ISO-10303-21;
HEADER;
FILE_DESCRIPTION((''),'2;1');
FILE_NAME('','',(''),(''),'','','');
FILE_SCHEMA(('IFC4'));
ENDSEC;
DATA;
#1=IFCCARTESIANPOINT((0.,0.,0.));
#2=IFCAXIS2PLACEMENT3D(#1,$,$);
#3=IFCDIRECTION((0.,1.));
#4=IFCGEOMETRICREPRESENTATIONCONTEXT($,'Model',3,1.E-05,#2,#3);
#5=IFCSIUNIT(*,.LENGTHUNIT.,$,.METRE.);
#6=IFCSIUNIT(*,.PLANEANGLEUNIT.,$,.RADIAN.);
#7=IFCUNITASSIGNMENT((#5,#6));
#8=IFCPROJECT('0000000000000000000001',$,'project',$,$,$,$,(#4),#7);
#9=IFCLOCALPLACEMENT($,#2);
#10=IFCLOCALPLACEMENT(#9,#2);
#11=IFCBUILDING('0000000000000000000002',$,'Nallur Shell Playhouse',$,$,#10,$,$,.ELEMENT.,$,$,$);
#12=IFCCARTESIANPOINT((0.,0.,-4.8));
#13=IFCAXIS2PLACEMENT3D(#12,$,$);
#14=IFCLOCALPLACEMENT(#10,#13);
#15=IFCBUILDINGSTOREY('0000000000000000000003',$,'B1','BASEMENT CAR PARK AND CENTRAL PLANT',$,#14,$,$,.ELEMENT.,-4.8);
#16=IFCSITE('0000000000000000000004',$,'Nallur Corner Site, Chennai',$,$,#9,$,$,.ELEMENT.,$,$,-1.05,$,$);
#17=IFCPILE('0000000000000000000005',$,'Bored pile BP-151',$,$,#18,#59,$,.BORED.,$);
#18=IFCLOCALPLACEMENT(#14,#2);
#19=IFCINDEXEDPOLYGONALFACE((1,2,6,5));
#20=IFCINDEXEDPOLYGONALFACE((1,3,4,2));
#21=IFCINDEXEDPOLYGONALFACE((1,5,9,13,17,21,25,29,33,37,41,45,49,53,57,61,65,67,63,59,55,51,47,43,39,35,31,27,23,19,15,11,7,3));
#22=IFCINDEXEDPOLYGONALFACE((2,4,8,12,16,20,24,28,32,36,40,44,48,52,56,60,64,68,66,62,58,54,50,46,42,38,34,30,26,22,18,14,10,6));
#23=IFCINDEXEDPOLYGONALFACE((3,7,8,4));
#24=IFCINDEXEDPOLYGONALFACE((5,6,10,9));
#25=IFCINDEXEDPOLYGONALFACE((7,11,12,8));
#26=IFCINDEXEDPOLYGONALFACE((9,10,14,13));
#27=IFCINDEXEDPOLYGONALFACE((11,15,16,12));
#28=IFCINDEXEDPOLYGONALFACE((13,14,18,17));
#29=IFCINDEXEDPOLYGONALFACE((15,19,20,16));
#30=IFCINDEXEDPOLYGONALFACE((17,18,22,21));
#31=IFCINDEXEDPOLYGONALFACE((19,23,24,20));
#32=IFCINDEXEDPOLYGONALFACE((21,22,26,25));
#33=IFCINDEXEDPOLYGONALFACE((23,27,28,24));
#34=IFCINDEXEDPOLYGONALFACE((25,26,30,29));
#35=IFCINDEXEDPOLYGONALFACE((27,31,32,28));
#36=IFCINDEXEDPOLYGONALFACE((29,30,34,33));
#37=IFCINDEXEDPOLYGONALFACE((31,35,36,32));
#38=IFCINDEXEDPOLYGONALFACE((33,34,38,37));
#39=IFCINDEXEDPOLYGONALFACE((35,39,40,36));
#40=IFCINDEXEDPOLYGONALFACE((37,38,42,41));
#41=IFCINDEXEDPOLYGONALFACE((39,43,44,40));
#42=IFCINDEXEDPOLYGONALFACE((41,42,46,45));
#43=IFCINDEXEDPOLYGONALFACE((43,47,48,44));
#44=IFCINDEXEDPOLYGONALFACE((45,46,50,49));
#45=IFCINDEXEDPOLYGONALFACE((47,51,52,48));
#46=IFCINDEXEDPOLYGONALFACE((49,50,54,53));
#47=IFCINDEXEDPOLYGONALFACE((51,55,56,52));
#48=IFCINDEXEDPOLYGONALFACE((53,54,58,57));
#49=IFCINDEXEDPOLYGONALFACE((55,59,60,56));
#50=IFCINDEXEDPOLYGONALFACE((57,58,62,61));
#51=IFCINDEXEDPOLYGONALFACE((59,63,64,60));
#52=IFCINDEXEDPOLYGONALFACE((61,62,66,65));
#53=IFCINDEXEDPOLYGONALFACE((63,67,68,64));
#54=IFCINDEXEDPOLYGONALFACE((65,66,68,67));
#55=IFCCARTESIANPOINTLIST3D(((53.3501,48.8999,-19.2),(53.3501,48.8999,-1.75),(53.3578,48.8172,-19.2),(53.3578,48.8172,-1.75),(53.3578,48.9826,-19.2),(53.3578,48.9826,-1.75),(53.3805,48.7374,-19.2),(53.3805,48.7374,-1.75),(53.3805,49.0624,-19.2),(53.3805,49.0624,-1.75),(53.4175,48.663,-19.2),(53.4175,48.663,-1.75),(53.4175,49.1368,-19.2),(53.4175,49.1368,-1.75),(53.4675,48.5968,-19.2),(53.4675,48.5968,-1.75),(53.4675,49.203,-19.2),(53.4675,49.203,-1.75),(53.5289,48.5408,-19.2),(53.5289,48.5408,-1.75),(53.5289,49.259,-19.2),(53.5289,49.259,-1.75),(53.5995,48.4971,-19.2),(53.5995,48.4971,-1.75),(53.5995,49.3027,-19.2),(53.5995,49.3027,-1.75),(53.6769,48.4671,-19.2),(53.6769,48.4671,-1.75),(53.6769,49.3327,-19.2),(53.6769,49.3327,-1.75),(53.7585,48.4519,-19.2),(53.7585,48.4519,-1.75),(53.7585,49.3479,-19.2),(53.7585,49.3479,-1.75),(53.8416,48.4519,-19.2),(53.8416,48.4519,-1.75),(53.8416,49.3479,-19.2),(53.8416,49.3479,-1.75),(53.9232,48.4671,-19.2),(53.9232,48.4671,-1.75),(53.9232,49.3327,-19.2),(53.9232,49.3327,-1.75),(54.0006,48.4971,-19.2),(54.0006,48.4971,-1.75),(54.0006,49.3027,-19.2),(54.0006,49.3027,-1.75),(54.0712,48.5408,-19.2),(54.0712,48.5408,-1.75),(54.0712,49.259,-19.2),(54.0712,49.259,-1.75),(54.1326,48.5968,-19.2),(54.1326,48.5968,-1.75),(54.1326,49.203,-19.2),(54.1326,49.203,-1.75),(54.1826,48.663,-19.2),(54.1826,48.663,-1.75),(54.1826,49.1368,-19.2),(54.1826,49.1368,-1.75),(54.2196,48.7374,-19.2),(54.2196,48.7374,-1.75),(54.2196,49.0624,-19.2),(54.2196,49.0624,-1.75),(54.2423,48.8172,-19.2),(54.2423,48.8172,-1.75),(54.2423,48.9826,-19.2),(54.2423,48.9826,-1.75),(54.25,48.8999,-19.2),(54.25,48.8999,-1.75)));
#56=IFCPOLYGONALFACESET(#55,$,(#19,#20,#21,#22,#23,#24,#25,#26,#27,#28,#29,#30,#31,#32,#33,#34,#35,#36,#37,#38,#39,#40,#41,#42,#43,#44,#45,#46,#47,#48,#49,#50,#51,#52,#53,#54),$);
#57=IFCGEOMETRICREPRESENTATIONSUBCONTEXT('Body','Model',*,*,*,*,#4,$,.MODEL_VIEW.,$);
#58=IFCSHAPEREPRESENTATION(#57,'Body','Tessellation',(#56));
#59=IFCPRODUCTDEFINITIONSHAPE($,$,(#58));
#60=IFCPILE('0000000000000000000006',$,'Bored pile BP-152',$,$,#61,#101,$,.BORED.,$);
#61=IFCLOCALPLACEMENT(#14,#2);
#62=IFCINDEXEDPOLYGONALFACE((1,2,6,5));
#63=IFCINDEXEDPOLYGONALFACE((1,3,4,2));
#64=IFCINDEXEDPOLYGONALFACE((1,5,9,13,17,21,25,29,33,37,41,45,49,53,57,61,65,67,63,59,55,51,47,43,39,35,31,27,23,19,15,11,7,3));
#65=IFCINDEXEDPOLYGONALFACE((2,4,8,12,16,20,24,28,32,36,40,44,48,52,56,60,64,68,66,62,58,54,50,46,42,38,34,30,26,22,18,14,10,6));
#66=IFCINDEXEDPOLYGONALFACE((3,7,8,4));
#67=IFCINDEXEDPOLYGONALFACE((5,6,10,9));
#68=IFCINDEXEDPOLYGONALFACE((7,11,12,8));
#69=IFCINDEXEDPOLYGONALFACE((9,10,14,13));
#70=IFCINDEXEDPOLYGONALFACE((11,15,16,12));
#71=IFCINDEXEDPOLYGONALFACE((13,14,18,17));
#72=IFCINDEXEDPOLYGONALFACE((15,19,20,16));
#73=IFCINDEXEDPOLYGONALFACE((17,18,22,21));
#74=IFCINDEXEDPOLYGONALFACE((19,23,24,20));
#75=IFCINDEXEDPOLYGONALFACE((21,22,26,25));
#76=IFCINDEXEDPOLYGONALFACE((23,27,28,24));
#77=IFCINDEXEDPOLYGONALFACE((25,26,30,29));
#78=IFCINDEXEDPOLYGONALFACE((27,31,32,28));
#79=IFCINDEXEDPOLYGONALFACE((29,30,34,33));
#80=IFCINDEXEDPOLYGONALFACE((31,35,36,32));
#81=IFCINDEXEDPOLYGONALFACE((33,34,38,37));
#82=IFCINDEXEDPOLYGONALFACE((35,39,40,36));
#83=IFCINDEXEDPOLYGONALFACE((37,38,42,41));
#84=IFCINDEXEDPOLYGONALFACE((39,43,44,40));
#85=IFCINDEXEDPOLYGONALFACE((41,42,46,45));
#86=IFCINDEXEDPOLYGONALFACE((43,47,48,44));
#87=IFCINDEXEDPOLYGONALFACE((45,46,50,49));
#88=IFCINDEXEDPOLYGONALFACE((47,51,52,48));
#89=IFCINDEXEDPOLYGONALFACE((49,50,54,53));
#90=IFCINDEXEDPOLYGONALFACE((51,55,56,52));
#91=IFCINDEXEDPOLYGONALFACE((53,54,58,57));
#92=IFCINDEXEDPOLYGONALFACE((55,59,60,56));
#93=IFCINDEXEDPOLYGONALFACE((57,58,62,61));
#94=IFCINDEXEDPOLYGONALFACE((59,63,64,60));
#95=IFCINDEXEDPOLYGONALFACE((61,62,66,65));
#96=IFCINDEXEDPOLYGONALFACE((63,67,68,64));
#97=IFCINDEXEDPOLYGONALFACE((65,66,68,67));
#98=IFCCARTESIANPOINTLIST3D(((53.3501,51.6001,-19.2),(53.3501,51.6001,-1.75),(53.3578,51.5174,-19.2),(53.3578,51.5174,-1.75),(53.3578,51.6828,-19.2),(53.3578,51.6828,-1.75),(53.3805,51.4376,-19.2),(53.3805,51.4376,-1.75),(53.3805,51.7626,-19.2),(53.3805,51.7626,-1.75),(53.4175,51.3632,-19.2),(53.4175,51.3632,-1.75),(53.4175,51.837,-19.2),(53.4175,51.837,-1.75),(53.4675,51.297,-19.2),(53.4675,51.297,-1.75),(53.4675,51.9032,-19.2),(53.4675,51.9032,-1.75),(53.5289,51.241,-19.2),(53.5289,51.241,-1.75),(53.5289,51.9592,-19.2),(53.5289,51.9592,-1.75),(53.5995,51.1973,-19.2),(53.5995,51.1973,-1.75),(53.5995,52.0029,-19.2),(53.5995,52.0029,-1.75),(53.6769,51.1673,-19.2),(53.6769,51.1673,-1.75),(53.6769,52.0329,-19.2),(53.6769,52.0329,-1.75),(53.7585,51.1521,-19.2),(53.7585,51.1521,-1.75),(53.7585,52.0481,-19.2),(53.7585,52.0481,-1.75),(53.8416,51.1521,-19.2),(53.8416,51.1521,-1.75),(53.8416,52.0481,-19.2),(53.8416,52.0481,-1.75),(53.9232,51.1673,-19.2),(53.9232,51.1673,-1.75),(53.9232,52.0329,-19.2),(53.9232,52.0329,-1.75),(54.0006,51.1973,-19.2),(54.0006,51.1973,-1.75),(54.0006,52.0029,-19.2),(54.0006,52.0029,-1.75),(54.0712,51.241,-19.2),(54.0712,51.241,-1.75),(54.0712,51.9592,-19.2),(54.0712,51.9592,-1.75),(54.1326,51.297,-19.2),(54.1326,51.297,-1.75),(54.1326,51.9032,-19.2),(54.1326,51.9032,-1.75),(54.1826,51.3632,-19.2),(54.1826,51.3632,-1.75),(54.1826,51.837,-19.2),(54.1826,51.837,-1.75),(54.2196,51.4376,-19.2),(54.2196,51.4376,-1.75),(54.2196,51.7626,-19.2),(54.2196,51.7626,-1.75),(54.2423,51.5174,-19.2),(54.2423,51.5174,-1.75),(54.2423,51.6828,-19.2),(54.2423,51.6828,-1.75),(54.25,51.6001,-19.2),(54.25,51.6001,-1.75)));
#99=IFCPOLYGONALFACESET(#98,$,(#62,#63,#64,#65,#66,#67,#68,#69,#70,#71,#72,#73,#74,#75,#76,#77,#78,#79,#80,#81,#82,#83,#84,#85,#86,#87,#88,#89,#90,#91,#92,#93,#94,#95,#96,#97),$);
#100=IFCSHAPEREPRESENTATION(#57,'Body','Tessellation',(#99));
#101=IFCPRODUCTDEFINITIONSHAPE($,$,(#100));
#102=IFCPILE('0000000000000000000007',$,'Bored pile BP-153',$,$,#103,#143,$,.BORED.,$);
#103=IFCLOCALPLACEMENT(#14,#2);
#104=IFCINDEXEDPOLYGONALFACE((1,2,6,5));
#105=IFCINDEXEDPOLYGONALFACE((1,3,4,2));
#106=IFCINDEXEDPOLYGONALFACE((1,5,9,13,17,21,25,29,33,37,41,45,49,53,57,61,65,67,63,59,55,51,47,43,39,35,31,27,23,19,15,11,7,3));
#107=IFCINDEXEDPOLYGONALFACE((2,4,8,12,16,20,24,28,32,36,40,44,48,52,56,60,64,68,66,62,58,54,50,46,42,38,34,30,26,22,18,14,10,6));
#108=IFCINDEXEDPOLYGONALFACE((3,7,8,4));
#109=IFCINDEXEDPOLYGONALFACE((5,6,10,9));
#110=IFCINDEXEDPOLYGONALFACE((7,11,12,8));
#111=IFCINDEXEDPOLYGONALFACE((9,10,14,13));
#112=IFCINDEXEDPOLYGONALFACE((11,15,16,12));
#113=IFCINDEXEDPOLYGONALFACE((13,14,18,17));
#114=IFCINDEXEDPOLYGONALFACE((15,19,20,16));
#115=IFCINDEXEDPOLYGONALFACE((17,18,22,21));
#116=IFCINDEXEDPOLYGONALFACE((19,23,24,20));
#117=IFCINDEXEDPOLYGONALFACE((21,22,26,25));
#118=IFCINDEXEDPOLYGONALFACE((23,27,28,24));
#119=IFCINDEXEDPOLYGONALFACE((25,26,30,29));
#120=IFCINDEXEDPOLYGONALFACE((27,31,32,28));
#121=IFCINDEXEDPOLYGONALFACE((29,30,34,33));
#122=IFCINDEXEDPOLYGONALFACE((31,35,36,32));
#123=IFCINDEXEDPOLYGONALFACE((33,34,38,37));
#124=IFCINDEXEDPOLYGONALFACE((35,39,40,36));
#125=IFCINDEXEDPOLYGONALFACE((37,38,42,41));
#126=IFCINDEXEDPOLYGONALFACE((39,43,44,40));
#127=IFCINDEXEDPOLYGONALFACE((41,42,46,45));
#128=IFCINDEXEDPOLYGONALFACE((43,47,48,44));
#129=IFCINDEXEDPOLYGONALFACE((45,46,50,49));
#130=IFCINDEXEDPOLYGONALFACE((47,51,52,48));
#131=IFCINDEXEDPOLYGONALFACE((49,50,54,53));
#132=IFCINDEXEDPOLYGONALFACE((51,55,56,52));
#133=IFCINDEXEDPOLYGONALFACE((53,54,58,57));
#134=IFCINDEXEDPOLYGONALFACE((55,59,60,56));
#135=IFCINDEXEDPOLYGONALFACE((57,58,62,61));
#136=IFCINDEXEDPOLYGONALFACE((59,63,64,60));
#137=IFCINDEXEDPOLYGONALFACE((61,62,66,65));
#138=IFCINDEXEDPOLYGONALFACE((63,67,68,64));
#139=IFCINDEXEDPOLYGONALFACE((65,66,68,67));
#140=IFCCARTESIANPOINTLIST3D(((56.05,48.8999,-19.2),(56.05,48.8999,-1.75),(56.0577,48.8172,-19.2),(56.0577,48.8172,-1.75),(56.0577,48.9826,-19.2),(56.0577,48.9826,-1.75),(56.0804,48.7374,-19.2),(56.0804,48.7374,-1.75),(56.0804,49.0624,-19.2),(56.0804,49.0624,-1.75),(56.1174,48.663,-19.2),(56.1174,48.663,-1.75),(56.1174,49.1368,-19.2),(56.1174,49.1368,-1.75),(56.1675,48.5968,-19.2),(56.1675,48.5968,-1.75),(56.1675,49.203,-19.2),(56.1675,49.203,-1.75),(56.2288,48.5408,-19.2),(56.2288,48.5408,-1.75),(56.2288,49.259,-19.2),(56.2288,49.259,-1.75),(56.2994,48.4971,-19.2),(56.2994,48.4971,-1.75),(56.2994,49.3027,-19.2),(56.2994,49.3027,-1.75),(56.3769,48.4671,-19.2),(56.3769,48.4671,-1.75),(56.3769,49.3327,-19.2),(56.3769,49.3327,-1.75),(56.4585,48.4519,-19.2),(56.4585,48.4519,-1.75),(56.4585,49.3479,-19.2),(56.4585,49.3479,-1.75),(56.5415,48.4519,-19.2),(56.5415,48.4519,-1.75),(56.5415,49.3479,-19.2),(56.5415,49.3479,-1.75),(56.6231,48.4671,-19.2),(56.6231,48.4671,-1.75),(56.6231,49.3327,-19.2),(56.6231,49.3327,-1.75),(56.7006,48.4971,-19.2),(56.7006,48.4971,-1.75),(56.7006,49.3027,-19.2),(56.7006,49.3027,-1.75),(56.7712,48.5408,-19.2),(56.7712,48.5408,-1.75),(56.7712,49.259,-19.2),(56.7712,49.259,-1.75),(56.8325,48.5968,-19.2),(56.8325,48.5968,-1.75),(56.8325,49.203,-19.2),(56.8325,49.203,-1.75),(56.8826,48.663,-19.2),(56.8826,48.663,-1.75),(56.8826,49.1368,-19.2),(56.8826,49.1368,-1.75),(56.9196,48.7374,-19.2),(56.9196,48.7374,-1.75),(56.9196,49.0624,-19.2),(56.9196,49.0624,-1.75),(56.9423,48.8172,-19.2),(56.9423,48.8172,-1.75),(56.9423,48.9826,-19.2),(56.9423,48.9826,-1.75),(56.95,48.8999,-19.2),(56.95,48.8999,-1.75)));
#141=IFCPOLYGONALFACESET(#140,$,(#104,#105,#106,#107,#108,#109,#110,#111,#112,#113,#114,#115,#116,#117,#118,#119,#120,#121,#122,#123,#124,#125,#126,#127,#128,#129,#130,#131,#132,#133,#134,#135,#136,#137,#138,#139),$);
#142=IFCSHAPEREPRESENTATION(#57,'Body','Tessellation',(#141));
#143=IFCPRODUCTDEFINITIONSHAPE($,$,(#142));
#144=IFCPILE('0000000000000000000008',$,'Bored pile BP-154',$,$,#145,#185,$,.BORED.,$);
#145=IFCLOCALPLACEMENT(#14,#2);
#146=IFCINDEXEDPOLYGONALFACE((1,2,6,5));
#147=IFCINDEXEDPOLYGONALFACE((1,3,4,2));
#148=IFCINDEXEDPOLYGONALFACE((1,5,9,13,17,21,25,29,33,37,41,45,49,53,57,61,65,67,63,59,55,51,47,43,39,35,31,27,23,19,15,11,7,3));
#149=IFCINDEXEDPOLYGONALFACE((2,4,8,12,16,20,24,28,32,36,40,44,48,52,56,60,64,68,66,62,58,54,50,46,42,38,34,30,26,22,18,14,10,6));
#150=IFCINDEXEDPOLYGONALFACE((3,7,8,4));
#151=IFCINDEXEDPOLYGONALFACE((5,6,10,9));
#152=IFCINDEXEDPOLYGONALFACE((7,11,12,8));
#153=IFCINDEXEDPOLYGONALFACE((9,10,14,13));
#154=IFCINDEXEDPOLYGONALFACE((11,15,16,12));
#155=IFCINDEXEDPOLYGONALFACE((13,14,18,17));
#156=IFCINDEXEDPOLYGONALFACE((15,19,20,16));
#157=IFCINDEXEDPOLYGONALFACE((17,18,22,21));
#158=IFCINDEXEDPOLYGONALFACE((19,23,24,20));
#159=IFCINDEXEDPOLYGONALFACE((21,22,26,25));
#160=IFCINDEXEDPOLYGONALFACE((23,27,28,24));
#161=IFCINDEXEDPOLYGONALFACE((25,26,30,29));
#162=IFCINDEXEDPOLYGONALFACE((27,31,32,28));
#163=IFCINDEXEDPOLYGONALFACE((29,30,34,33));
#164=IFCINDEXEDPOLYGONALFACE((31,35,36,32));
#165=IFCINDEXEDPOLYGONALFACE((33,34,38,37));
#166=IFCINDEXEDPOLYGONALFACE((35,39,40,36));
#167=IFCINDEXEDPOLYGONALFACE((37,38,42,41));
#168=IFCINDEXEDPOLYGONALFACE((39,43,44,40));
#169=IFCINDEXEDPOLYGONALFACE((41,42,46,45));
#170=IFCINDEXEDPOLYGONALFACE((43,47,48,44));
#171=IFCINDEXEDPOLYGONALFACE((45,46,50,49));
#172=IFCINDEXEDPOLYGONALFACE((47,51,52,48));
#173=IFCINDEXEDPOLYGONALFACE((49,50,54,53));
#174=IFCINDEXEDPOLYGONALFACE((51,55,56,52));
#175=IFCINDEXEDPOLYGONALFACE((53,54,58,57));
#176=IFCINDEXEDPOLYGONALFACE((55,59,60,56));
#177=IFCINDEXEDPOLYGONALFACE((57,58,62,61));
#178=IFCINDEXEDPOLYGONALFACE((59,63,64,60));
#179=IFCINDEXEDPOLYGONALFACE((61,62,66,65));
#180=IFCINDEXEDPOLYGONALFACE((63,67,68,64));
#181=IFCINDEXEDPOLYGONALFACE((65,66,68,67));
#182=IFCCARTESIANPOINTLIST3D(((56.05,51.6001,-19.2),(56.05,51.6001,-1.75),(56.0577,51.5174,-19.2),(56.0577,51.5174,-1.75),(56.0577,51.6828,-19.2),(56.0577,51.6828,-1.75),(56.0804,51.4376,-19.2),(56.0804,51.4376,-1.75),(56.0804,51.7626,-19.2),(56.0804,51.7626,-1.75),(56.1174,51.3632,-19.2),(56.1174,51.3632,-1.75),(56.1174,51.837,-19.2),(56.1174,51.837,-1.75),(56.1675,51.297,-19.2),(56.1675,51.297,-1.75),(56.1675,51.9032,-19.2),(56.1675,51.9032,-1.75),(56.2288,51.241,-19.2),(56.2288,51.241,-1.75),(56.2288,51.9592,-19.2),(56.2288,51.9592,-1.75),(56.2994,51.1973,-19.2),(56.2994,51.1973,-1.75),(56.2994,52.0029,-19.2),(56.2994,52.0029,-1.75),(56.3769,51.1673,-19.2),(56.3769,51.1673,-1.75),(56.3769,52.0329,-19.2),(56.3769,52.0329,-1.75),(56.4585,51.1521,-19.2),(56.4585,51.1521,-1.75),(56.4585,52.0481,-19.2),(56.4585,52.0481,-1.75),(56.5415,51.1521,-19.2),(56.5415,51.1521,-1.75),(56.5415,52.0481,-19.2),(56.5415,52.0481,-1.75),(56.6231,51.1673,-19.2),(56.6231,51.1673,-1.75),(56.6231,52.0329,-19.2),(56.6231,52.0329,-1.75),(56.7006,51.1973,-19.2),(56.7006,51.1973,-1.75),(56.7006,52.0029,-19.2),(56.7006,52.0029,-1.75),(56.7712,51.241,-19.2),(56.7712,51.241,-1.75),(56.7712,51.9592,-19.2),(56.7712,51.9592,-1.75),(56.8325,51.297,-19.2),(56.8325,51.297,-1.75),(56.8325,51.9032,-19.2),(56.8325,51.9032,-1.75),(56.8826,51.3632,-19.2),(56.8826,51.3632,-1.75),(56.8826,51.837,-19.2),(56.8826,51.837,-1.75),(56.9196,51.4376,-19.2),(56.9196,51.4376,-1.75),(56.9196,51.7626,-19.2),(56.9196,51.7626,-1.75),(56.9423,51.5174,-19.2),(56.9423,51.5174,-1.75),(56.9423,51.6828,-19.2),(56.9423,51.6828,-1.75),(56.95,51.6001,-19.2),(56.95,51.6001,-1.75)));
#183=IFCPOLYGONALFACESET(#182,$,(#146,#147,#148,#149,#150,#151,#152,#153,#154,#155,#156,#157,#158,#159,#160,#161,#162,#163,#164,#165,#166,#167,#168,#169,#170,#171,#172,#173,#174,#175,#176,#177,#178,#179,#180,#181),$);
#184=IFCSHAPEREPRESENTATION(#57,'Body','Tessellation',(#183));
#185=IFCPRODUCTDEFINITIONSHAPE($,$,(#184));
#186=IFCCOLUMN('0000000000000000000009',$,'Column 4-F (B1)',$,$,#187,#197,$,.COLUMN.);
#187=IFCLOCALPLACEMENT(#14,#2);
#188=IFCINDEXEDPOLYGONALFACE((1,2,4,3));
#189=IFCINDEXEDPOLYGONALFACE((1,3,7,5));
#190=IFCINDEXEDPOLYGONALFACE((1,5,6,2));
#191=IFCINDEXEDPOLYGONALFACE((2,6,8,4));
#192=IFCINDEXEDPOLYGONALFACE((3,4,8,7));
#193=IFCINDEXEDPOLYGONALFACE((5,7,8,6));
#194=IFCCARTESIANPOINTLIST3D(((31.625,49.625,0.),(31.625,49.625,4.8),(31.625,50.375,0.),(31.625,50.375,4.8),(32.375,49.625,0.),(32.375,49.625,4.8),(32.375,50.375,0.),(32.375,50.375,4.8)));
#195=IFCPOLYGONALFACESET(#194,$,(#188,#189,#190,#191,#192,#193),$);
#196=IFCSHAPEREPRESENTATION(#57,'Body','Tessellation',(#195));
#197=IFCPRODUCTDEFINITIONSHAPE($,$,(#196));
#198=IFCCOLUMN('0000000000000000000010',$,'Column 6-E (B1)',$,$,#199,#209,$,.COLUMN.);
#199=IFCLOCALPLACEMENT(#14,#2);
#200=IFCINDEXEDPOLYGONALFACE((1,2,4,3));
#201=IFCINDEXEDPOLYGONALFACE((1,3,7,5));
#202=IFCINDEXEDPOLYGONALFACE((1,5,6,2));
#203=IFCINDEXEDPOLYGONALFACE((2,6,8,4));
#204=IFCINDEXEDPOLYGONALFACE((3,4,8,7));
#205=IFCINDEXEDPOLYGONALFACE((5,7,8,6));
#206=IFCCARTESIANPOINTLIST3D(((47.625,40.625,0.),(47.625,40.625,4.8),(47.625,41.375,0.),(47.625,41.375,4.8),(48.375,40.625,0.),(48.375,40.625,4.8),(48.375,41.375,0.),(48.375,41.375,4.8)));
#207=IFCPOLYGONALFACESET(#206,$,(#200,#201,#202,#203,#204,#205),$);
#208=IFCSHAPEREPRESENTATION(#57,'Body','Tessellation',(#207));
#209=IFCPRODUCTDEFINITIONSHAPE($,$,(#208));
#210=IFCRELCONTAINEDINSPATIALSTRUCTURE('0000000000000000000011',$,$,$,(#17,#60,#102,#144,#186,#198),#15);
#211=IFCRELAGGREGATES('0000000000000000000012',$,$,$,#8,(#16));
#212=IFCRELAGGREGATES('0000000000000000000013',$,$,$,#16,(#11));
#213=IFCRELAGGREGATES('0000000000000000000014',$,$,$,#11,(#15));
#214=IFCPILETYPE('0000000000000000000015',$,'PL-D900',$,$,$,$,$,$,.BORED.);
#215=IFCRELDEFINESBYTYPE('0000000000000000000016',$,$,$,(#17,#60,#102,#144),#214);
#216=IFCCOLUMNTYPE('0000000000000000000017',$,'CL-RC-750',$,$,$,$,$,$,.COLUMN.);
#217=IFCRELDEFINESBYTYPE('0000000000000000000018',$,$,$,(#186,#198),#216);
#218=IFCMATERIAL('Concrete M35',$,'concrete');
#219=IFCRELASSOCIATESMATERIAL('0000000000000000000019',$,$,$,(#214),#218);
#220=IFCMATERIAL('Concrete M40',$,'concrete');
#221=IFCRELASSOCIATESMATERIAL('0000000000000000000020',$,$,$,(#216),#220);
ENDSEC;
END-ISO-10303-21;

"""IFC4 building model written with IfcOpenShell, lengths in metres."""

from ifc_helpers import new_model, si_unit, direction, frame, origin, origin_2d, place, context, subcontext, project, spatial, rectangle, circle, extrude, material, material_profile, profile_set, type_object, element, save


model = new_model("IFC4")

# Units and contexts
model_context = context("Model", 3, precision=1e-05, world=origin(), true_north=direction((0.0, 1.0)))
body_context = subcontext(model_context, "Body", "Model", "MODEL_VIEW")
ifc_project = project(units=[si_unit("LENGTHUNIT", "METRE"), si_unit("PLANEANGLEUNIT", "RADIAN")], contexts=[model_context])

# Site, building, storey
site_placement = place(None, origin())
site = spatial("IfcSite", under=ifc_project, at=site_placement, Name="Nallur Corner Site, Chennai", CompositionType="ELEMENT", RefElevation=-1.05)
building_placement = place(site_placement, origin())
building = spatial("IfcBuilding", under=site, at=building_placement, Name="Nallur Shell Playhouse", CompositionType="ELEMENT")
storey_placement = place(building_placement, frame((0.0, 0.0, -4.8)))
storey = spatial("IfcBuildingStorey", under=building, at=storey_placement, Name="B1", Description="BASEMENT CAR PARK AND CENTRAL PLANT", CompositionType="ELEMENT", Elevation=-4.8)

# Shared definitions
ifc_material_1 = material(Name="Concrete M35", Category="concrete")

# Piles
ifc_material_profile_1 = material_profile(ifc_material_1, circle(Radius=0.45, at=origin_2d()), Name="BORED PILE D900")
ifc_profile_set_1 = profile_set([ifc_material_profile_1], Name="Concrete M35")
pile_type = type_object("IfcPileType", Name="PL-D900", PredefinedType="BORED", material=ifc_profile_set_1)
for number, where, z_axis, x_axis, name in (
    (1, (53.8, 48.8999, -1.75), (0.0, 0.0, -1.0), (1.0, 0.0, 0.0), "Bored pile BP-151"),
    (2, (53.8, 51.6001, -1.75), (0.0, 0.0, -1.0), (1.0, 0.0, 0.0), "Bored pile BP-152"),
    (3, (56.5, 48.8999, -1.75), (0.0, 0.0, -1.0), (1.0, 0.0, 0.0), "Bored pile BP-153"),
    (4, (56.5, 51.6001, -1.75), (0.0, 0.0, -1.0), (1.0, 0.0, 0.0), "Bored pile BP-154"),
):
    element("IfcPile", number, at=place(storey_placement, frame(where, z_axis=z_axis, x_axis=x_axis)), inside=storey, type_object=pile_type, Name=name, PredefinedType="BORED", context=body_context, shape_type="SweptSolid", body=[
        extrude(circle(Radius=0.45, at=origin_2d()), origin(), (0.0, 0.0, 1.0), 17.45),
    ])

# Columns
ifc_material_2 = material(Name="Concrete M40", Category="concrete")
ifc_material_profile_2 = material_profile(ifc_material_2, rectangle(XDim=0.75, YDim=0.75, at=origin_2d()), Name="RC 750x750")
ifc_profile_set_2 = profile_set([ifc_material_profile_2], Name="Concrete M40")
column_type_1 = type_object("IfcColumnType", Name="CL-RC-750", PredefinedType="COLUMN", material=ifc_profile_set_2)
for number, where, z_axis, x_axis, name in (
    (5, (32.0, 50.0, 0.0), (0.0, 0.0, 1.0), (1.0, 0.0, 0.0), "Column 4-F (B1)"),
    (6, (48.0, 41.0, 0.0), (0.0, 0.0, 1.0), (1.0, 0.0, 0.0), "Column 6-E (B1)"),
):
    element("IfcColumn", number, at=place(storey_placement, frame(where, z_axis=z_axis, x_axis=x_axis)), inside=storey, type_object=column_type_1, Name=name, PredefinedType="COLUMN", context=body_context, shape_type="SweptSolid", body=[
        extrude(rectangle(XDim=0.75, YDim=0.75, at=origin_2d()), origin(), (0.0, 0.0, 1.0), 4.8),
    ])

save(model, "model.ifc")
